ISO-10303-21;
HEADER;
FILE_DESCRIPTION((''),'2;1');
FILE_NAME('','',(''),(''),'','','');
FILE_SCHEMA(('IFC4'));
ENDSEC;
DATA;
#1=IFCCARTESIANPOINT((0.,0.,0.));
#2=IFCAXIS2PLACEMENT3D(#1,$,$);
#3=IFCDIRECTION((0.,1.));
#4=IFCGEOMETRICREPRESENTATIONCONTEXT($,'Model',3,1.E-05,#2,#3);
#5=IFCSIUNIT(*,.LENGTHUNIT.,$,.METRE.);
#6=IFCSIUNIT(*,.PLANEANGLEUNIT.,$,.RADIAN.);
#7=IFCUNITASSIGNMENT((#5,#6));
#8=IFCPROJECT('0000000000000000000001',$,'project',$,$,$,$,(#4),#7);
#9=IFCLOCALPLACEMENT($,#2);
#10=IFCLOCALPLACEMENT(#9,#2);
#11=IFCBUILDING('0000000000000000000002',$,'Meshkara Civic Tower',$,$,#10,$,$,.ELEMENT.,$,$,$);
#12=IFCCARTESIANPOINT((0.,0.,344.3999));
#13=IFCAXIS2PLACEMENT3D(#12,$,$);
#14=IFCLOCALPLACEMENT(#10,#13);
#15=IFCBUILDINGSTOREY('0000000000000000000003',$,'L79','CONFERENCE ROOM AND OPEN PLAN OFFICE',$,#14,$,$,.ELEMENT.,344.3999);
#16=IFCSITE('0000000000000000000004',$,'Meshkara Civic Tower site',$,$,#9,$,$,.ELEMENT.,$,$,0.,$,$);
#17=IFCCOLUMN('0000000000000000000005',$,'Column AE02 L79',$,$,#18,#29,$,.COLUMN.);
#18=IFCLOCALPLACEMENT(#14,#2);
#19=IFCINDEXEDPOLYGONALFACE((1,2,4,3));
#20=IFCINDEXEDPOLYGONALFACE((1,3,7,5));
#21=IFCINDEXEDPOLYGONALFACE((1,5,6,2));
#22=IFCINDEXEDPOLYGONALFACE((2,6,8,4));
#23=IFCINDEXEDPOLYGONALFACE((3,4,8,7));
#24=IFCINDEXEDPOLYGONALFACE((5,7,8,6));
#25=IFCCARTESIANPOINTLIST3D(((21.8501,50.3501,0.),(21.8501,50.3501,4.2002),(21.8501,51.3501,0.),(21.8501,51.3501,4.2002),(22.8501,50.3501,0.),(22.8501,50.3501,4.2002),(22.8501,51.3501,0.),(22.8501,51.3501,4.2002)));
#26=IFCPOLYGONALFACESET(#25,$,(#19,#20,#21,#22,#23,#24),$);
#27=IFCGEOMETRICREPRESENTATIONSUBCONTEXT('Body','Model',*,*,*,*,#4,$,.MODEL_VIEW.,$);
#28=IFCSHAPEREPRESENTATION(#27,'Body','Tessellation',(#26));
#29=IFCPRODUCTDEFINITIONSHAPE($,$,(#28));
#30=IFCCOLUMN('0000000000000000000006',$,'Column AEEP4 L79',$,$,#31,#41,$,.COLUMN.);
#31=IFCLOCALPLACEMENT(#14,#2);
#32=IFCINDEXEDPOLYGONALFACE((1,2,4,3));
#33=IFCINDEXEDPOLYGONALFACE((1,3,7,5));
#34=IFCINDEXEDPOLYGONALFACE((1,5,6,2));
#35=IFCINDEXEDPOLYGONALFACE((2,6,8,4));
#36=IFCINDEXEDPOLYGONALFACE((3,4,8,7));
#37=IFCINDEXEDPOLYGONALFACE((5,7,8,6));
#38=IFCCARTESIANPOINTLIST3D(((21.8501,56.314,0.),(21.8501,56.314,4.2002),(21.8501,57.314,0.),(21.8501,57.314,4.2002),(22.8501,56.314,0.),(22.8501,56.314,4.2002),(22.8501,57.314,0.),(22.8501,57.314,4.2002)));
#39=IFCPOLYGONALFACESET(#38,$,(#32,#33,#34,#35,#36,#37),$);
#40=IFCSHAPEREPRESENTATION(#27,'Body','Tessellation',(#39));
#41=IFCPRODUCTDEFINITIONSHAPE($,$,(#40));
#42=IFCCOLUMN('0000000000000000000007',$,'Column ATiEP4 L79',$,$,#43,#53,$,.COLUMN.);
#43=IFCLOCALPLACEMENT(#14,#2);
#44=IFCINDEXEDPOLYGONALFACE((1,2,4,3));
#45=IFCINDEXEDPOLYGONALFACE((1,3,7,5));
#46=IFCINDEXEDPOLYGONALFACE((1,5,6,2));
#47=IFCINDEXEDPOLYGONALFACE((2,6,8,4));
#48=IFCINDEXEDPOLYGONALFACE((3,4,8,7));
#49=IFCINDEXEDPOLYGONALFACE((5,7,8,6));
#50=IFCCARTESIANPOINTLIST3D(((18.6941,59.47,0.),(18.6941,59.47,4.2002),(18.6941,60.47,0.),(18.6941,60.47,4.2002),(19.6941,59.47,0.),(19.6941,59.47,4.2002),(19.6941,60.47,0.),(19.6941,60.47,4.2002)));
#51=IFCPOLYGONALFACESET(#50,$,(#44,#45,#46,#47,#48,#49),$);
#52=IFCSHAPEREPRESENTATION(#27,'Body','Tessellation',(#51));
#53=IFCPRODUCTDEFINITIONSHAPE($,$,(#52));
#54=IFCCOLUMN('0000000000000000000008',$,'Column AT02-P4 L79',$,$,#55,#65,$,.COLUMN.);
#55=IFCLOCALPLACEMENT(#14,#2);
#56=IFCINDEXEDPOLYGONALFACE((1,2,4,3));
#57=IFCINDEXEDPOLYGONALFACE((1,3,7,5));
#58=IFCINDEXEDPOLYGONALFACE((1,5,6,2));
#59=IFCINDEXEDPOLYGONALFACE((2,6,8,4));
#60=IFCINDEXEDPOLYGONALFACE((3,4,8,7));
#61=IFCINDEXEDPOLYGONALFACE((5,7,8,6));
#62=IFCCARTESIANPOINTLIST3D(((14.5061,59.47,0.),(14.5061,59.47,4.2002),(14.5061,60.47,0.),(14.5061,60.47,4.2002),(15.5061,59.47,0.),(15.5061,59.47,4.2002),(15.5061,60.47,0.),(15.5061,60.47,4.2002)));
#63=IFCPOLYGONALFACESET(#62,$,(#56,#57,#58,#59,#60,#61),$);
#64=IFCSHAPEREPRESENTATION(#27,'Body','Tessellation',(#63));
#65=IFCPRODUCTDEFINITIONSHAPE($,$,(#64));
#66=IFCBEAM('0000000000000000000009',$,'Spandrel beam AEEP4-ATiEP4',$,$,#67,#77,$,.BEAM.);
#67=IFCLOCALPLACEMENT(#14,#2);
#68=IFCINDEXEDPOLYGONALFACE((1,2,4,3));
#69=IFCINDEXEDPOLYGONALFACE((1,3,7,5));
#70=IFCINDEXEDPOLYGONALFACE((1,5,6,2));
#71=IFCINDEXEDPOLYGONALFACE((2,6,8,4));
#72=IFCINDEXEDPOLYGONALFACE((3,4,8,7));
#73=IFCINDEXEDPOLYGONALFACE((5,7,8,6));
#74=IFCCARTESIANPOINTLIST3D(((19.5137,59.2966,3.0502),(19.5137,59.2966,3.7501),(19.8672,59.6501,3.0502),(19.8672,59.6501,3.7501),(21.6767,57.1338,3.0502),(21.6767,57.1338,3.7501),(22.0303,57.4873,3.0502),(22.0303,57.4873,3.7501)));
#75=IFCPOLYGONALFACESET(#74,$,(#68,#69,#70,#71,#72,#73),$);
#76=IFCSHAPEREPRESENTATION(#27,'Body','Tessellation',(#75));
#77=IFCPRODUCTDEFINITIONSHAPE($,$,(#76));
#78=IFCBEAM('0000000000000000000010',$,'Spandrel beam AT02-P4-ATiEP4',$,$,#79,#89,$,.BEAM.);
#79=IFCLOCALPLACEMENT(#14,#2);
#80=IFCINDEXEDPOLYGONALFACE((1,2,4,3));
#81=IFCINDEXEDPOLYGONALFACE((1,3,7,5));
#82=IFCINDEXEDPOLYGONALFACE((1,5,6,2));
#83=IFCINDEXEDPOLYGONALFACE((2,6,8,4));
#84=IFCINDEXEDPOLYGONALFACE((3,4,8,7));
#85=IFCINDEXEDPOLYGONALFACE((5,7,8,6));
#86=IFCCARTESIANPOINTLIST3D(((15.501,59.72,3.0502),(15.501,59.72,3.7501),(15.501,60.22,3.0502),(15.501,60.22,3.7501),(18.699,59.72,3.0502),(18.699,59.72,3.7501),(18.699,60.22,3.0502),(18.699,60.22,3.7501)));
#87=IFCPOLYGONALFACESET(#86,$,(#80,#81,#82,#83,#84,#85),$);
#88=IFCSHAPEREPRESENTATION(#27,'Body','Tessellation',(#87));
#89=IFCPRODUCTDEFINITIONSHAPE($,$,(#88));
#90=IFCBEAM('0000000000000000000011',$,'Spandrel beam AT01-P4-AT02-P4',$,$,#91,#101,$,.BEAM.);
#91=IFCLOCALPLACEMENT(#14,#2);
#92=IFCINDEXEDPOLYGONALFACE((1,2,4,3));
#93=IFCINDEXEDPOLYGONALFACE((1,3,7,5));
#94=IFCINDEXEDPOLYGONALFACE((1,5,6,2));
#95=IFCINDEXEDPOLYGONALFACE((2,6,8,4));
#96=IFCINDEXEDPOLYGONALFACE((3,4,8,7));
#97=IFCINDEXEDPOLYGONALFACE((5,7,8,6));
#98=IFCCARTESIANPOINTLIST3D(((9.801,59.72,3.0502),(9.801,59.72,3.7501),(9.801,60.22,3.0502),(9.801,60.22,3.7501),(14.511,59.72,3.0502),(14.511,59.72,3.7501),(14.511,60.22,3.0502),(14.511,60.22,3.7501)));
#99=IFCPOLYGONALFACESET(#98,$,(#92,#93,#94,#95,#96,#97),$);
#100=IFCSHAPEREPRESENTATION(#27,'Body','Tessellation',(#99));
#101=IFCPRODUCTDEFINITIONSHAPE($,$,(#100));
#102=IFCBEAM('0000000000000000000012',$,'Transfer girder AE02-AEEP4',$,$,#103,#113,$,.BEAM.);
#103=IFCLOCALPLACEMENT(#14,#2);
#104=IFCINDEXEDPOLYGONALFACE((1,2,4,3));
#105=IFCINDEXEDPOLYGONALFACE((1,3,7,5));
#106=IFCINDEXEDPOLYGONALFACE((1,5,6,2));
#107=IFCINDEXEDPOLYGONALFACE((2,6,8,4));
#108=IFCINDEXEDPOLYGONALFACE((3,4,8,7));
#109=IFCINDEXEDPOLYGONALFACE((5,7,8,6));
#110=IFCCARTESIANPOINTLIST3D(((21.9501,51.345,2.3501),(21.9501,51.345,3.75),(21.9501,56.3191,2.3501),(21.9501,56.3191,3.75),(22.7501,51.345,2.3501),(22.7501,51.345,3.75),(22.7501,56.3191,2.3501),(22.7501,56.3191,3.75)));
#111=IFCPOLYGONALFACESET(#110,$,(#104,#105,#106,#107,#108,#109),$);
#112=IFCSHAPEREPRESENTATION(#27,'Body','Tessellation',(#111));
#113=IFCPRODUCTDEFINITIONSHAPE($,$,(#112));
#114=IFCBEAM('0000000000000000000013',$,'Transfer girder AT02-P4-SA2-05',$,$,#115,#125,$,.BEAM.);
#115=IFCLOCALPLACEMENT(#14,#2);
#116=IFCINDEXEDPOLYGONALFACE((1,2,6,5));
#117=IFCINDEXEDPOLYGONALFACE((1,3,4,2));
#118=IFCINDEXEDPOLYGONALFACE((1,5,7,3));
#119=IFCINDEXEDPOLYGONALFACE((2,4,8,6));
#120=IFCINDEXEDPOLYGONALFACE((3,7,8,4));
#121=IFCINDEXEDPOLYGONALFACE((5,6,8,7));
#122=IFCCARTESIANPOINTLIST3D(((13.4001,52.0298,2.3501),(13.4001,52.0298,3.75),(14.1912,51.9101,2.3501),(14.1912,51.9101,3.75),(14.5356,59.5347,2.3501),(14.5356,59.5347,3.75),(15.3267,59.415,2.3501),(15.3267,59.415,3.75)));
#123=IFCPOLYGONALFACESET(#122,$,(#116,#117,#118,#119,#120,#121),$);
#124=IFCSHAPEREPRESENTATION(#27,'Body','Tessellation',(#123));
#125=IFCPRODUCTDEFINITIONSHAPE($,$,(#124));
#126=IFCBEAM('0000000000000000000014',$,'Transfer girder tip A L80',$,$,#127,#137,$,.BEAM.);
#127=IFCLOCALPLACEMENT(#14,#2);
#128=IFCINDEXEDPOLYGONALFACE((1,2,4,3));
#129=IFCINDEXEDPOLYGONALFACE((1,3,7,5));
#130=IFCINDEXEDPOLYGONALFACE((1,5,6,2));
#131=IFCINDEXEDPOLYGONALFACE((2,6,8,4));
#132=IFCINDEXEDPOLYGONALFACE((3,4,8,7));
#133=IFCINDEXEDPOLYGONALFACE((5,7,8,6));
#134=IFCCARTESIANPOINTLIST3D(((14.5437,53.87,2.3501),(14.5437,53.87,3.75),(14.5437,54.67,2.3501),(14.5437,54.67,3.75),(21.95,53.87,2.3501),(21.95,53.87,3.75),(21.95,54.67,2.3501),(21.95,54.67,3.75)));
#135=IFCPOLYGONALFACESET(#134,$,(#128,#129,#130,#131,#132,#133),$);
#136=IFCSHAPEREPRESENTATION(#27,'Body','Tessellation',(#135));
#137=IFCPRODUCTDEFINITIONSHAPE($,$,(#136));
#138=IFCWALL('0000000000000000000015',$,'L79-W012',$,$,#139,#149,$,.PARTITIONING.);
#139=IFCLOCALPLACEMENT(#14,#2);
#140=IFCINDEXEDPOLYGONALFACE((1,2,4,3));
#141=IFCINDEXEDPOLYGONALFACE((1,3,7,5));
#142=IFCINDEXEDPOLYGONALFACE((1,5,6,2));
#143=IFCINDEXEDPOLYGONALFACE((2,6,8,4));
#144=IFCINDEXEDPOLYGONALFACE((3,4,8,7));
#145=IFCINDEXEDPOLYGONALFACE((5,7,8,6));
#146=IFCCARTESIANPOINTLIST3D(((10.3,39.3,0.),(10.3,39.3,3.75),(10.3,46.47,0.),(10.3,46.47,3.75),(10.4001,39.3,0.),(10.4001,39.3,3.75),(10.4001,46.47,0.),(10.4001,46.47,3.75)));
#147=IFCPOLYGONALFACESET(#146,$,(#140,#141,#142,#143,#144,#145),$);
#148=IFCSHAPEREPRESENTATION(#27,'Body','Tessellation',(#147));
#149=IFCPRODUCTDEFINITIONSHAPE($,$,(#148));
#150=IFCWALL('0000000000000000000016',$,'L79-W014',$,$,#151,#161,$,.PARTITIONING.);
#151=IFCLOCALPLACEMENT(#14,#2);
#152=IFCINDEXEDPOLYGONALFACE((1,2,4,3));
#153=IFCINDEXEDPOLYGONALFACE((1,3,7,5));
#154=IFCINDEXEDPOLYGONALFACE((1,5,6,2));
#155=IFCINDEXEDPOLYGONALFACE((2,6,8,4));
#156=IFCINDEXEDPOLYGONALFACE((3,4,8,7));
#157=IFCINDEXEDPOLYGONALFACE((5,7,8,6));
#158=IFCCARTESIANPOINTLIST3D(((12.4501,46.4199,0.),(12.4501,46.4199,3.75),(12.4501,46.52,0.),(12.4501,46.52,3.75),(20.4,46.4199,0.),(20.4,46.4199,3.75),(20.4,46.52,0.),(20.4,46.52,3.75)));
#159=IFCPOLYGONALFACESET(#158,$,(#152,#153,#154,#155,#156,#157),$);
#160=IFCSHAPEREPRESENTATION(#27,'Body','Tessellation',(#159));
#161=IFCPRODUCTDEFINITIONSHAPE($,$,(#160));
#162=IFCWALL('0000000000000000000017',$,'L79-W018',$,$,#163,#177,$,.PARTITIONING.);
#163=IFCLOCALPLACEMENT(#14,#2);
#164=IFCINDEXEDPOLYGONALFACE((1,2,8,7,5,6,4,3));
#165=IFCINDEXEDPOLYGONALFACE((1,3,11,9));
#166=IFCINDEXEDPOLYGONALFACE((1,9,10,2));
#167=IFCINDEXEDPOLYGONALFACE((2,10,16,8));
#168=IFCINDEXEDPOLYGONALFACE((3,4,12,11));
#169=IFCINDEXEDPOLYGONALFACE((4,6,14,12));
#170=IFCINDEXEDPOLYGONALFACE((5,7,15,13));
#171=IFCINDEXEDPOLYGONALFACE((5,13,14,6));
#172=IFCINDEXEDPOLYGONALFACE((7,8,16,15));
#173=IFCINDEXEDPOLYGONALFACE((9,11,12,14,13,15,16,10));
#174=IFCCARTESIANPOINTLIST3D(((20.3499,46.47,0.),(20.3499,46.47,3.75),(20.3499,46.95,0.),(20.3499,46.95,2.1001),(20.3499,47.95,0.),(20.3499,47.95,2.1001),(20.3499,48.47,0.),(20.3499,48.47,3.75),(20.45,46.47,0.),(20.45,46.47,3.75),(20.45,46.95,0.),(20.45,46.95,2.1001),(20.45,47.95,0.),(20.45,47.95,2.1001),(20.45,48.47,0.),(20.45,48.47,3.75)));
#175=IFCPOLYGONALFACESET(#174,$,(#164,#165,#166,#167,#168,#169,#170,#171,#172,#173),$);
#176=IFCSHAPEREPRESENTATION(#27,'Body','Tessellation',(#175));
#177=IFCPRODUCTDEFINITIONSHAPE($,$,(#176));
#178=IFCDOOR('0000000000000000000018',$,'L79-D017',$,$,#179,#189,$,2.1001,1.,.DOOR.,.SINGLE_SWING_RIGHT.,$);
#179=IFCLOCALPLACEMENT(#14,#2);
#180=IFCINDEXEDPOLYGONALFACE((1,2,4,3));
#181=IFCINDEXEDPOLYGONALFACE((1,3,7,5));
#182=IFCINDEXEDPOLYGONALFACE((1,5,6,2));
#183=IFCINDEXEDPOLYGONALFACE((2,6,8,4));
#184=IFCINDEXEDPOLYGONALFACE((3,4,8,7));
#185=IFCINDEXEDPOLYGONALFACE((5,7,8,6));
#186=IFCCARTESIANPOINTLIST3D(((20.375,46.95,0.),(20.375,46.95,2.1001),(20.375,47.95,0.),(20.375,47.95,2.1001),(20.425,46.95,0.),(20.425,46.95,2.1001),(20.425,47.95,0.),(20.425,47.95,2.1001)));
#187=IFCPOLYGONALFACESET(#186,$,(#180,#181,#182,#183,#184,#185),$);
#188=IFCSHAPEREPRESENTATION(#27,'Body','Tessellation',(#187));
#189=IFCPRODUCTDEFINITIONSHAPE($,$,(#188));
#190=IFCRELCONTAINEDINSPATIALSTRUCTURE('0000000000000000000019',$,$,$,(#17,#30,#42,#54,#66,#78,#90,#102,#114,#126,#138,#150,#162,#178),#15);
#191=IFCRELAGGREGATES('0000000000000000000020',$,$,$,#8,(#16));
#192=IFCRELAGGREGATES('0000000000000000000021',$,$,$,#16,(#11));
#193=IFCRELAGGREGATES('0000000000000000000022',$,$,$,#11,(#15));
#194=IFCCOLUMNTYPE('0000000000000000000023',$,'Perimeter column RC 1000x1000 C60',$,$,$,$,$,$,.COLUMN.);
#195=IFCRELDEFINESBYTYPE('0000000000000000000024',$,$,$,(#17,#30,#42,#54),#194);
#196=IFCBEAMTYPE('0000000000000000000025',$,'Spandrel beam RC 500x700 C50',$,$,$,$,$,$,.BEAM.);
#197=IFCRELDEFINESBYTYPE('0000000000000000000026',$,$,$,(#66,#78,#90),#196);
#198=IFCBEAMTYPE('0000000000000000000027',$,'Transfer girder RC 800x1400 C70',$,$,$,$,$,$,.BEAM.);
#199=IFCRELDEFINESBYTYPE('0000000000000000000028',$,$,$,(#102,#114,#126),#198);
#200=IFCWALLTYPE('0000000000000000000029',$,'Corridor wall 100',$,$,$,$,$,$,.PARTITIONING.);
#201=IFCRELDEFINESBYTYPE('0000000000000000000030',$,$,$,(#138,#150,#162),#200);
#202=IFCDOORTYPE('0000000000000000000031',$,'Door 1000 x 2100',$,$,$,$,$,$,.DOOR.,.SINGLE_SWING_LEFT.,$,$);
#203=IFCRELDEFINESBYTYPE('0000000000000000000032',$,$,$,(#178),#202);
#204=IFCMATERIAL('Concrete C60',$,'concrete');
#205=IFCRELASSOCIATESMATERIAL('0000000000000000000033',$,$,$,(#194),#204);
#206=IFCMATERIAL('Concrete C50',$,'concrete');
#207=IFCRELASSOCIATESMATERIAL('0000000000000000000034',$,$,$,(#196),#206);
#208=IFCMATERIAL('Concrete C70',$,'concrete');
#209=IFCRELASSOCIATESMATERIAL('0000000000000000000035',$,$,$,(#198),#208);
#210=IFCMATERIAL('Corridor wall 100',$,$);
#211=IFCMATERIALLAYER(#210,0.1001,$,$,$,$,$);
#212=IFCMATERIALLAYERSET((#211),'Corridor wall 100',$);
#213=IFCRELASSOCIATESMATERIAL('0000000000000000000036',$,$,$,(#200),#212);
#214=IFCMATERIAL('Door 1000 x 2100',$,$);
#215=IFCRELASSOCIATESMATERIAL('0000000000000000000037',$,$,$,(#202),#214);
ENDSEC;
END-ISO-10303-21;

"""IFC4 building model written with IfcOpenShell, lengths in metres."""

from ifc_helpers import new_model, si_unit, direction, frame, frame_2d, origin, origin_2d, place, context, subcontext, project, spatial, rectangle, extrude, material, layer, layer_set, material_profile, profile_set, type_object, element, fill, save


model = new_model("IFC4")

# Units and contexts
model_context = context("Model", 3, precision=1e-05, world=origin(), true_north=direction((0.0, 1.0)))
body_context = subcontext(model_context, "Body", "Model", "MODEL_VIEW")
ifc_project = project(units=[si_unit("LENGTHUNIT", "METRE"), si_unit("PLANEANGLEUNIT", "RADIAN")], contexts=[model_context])

# Site, building, storey
site_placement = place(None, origin())
site = spatial("IfcSite", under=ifc_project, at=site_placement, Name="Meshkara Civic Tower site", CompositionType="ELEMENT", RefElevation=0.0)
building_placement = place(site_placement, origin())
building = spatial("IfcBuilding", under=site, at=building_placement, Name="Meshkara Civic Tower", CompositionType="ELEMENT")
storey_placement = place(building_placement, frame((0.0, 0.0, 344.3999)))
storey = spatial("IfcBuildingStorey", under=building, at=storey_placement, Name="L79", Description="CONFERENCE ROOM AND OPEN PLAN OFFICE", CompositionType="ELEMENT", Elevation=344.3999)

# Columns
ifc_material_1 = material(Name="Concrete C60", Category="concrete")
ifc_material_profile_1 = material_profile(ifc_material_1, rectangle(XDim=1.0, YDim=1.0, at=origin_2d()))
ifc_profile_set_1 = profile_set([ifc_material_profile_1], Name="Concrete C60")
column_type = type_object("IfcColumnType", Name="Perimeter column RC 1000x1000 C60", PredefinedType="COLUMN", material=ifc_profile_set_1)
for number, where, z_axis, x_axis, name in (
    (1, (22.3501, 50.8501, 0.0), (0.0, 0.0, 1.0), (1.0, 0.0, 0.0), "Column AE02 L79"),
    (2, (22.3501, 56.814, 0.0), (0.0, 0.0, 1.0), (1.0, 0.0, 0.0), "Column AEEP4 L79"),
    (3, (19.1941, 59.97, 0.0), (0.0, 0.0, 1.0), (1.0, 0.0, 0.0), "Column ATiEP4 L79"),
    (4, (15.0061, 59.97, 0.0), (0.0, 0.0, 1.0), (1.0, 0.0, 0.0), "Column AT02-P4 L79"),
):
    element("IfcColumn", number, at=place(storey_placement, frame(where, z_axis=z_axis, x_axis=x_axis)), inside=storey, type_object=column_type, Name=name, PredefinedType="COLUMN", context=body_context, shape_type="SweptSolid", body=[
        extrude(rectangle(XDim=1.0, YDim=1.0, at=origin_2d()), origin(), (0.0, 0.0, 1.0), 4.2002),
    ])

# Beams
ifc_material_2 = material(Name="Concrete C50", Category="concrete")
ifc_material_profile_2 = material_profile(ifc_material_2, rectangle(XDim=0.5, YDim=0.7, at=origin_2d()))
ifc_profile_set_2 = profile_set([ifc_material_profile_2], Name="Concrete C50")
beam_type_1 = type_object("IfcBeamType", Name="Spandrel beam RC 500x700 C50", PredefinedType="BEAM", material=ifc_profile_set_2)
beam_1_placement = place(storey_placement, frame((21.8535, 57.3105, 3.4001), z_axis=(-0.707147, 0.707067, 0.0), x_axis=(-0.707067, -0.707147, 0.0)))
element("IfcBeam", 5, at=beam_1_placement, inside=storey, type_object=beam_type_1, Name="Spandrel beam AEEP4-ATiEP4", PredefinedType="BEAM", context=body_context, shape_type="SweptSolid", body=[
    extrude(rectangle(XDim=0.5, YDim=0.7, at=origin_2d()), origin(), (0.0, 0.0, 1.0), 3.0588),
])
beam_2_placement = place(storey_placement, frame((18.699, 59.97, 3.4001), z_axis=(-1.0, 0.0, 0.0), x_axis=(0.0, -1.0, 0.0)))
element("IfcBeam", 6, at=beam_2_placement, inside=storey, type_object=beam_type_1, Name="Spandrel beam AT02-P4-ATiEP4", PredefinedType="BEAM", context=body_context, shape_type="SweptSolid", body=[
    extrude(rectangle(XDim=0.5, YDim=0.7, at=origin_2d()), origin(), (0.0, 0.0, 1.0), 3.198),
])
beam_3_placement = place(storey_placement, frame((14.511, 59.97, 3.4001), z_axis=(-1.0, 0.0, 0.0), x_axis=(0.0, -1.0, 0.0)))
element("IfcBeam", 7, at=beam_3_placement, inside=storey, type_object=beam_type_1, Name="Spandrel beam AT01-P4-AT02-P4", PredefinedType="BEAM", context=body_context, shape_type="SweptSolid", body=[
    extrude(rectangle(XDim=0.5, YDim=0.7, at=origin_2d()), origin(), (0.0, 0.0, 1.0), 4.71),
])
ifc_material_3 = material(Name="Concrete C70", Category="concrete")
ifc_material_profile_3 = material_profile(ifc_material_3, rectangle(XDim=0.8, YDim=1.3999, at=origin_2d()))
ifc_profile_set_3 = profile_set([ifc_material_profile_3], Name="Concrete C70")
beam_type_2 = type_object("IfcBeamType", Name="Transfer girder RC 800x1400 C70", PredefinedType="BEAM", material=ifc_profile_set_3)
beam_4_placement = place(storey_placement, frame((22.3501, 51.345, 3.05), z_axis=(0.0, 1.0, 0.0), x_axis=(-1.0, 0.0, 0.0)))
element("IfcBeam", 8, at=beam_4_placement, inside=storey, type_object=beam_type_2, Name="Transfer girder AE02-AEEP4", PredefinedType="BEAM", context=body_context, shape_type="SweptSolid", body=[
    extrude(rectangle(XDim=0.8, YDim=1.3999, at=origin_2d()), origin(), (0.0, 0.0, 1.0), 4.9741),
])
beam_5_placement = place(storey_placement, frame((13.7957, 51.97, 3.05), z_axis=(0.149599, 0.988747, 0.0), x_axis=(-0.988747, 0.149599, 0.0)))
element("IfcBeam", 9, at=beam_5_placement, inside=storey, type_object=beam_type_2, Name="Transfer girder AT02-P4-SA2-05", PredefinedType="BEAM", context=body_context, shape_type="SweptSolid", body=[
    extrude(rectangle(XDim=0.8, YDim=1.3999, at=origin_2d()), origin(), (0.0, 0.0, 1.0), 7.5903),
])
beam_6_placement = place(storey_placement, frame((14.5437, 54.27, 3.05), z_axis=(1.0, 0.0, 0.0), x_axis=(0.0, 1.0, 0.0)))
element("IfcBeam", 10, at=beam_6_placement, inside=storey, type_object=beam_type_2, Name="Transfer girder tip A L80", PredefinedType="BEAM", context=body_context, shape_type="SweptSolid", body=[
    extrude(rectangle(XDim=0.8, YDim=1.3999, at=origin_2d()), origin(), (0.0, 0.0, 1.0), 7.4062),
])

# Walls
ifc_material_4 = material(Name="Corridor wall 100")
ifc_layer_1 = layer(ifc_material_4, 0.1001)
ifc_layer_set_1 = layer_set([ifc_layer_1], Name="Corridor wall 100")
wall_type_1 = type_object("IfcWallType", Name="Corridor wall 100", PredefinedType="PARTITIONING", material=ifc_layer_set_1)
wall_1_placement = place(storey_placement, frame((10.3501, 46.47, 0.0), z_axis=(0.0, 0.0, 1.0), x_axis=(0.0, -1.0, 0.0)))
element("IfcWall", 11, at=wall_1_placement, inside=storey, type_object=wall_type_1, Name="L79-W012", PredefinedType="PARTITIONING", context=body_context, shape_type="SweptSolid", body=[
    extrude(rectangle(XDim=7.1699, YDim=0.1001, at=frame_2d((3.585, 0.0))), origin(), (0.0, 0.0, 1.0), 3.75),
])
wall_2_placement = place(storey_placement, frame((12.45, 46.47, 0.0), z_axis=(0.0, 0.0, 1.0), x_axis=(1.0, 0.0, 0.0)))
element("IfcWall", 12, at=wall_2_placement, inside=storey, type_object=wall_type_1, Name="L79-W014", PredefinedType="PARTITIONING", context=body_context, shape_type="SweptSolid", body=[
    extrude(rectangle(XDim=7.95, YDim=0.1001, at=frame_2d((3.9751, 0.0))), origin(), (0.0, 0.0, 1.0), 3.75),
])

# Wall, opening, door
wall_3_placement = place(storey_placement, frame((20.3999, 46.47, 0.0), z_axis=(0.0, 0.0, 1.0), x_axis=(0.0, 1.0, 0.0)))
wall_3 = element("IfcWall", 13, at=wall_3_placement, inside=storey, type_object=wall_type_1, Name="L79-W018", PredefinedType="PARTITIONING", context=body_context, shape_type="SweptSolid", body=[
    extrude(rectangle(XDim=2.0, YDim=0.1001, at=frame_2d((1.0, 0.0))), origin(), (0.0, 0.0, 1.0), 3.75),
])
opening_1_placement = place(wall_3_placement, frame((0.48, 0.0, 0.0)))
opening_1 = element("IfcOpeningElement", 14, at=opening_1_placement, cuts=wall_3, PredefinedType="OPENING", context=body_context, shape_type="SweptSolid", body=[
    extrude(rectangle(XDim=1.0, YDim=2.1001, at=frame_2d((0.5, 1.05))), frame((0.0, 0.0601, 0.0), z_axis=(0.0, -1.0, 0.0), x_axis=(1.0, 0.0, 0.0)), (0.0, 0.0, 1.0), 0.1201),
])
ifc_material_5 = material(Name="Door 1000 x 2100")
door_type = type_object("IfcDoorType", Name="Door 1000 x 2100", OperationType="SINGLE_SWING_LEFT", PredefinedType="DOOR", material=ifc_material_5)
door_placement = place(opening_1_placement, origin())
door = element("IfcDoor", 15, at=door_placement, inside=storey, type_object=door_type, Name="L79-D017", OperationType="SINGLE_SWING_RIGHT", OverallHeight=2.1001, OverallWidth=1.0, PredefinedType="DOOR", context=body_context, shape_type="SweptSolid", body=[
    extrude(rectangle(XDim=1.0, YDim=2.1001, at=frame_2d((0.5, 1.05))), frame((0.0, 0.0249, 0.0), z_axis=(0.0, -1.0, 0.0), x_axis=(1.0, 0.0, 0.0)), (0.0, 0.0, 1.0), 0.05),
])
fill(opening_1, door)

save(model, "model.ifc")
